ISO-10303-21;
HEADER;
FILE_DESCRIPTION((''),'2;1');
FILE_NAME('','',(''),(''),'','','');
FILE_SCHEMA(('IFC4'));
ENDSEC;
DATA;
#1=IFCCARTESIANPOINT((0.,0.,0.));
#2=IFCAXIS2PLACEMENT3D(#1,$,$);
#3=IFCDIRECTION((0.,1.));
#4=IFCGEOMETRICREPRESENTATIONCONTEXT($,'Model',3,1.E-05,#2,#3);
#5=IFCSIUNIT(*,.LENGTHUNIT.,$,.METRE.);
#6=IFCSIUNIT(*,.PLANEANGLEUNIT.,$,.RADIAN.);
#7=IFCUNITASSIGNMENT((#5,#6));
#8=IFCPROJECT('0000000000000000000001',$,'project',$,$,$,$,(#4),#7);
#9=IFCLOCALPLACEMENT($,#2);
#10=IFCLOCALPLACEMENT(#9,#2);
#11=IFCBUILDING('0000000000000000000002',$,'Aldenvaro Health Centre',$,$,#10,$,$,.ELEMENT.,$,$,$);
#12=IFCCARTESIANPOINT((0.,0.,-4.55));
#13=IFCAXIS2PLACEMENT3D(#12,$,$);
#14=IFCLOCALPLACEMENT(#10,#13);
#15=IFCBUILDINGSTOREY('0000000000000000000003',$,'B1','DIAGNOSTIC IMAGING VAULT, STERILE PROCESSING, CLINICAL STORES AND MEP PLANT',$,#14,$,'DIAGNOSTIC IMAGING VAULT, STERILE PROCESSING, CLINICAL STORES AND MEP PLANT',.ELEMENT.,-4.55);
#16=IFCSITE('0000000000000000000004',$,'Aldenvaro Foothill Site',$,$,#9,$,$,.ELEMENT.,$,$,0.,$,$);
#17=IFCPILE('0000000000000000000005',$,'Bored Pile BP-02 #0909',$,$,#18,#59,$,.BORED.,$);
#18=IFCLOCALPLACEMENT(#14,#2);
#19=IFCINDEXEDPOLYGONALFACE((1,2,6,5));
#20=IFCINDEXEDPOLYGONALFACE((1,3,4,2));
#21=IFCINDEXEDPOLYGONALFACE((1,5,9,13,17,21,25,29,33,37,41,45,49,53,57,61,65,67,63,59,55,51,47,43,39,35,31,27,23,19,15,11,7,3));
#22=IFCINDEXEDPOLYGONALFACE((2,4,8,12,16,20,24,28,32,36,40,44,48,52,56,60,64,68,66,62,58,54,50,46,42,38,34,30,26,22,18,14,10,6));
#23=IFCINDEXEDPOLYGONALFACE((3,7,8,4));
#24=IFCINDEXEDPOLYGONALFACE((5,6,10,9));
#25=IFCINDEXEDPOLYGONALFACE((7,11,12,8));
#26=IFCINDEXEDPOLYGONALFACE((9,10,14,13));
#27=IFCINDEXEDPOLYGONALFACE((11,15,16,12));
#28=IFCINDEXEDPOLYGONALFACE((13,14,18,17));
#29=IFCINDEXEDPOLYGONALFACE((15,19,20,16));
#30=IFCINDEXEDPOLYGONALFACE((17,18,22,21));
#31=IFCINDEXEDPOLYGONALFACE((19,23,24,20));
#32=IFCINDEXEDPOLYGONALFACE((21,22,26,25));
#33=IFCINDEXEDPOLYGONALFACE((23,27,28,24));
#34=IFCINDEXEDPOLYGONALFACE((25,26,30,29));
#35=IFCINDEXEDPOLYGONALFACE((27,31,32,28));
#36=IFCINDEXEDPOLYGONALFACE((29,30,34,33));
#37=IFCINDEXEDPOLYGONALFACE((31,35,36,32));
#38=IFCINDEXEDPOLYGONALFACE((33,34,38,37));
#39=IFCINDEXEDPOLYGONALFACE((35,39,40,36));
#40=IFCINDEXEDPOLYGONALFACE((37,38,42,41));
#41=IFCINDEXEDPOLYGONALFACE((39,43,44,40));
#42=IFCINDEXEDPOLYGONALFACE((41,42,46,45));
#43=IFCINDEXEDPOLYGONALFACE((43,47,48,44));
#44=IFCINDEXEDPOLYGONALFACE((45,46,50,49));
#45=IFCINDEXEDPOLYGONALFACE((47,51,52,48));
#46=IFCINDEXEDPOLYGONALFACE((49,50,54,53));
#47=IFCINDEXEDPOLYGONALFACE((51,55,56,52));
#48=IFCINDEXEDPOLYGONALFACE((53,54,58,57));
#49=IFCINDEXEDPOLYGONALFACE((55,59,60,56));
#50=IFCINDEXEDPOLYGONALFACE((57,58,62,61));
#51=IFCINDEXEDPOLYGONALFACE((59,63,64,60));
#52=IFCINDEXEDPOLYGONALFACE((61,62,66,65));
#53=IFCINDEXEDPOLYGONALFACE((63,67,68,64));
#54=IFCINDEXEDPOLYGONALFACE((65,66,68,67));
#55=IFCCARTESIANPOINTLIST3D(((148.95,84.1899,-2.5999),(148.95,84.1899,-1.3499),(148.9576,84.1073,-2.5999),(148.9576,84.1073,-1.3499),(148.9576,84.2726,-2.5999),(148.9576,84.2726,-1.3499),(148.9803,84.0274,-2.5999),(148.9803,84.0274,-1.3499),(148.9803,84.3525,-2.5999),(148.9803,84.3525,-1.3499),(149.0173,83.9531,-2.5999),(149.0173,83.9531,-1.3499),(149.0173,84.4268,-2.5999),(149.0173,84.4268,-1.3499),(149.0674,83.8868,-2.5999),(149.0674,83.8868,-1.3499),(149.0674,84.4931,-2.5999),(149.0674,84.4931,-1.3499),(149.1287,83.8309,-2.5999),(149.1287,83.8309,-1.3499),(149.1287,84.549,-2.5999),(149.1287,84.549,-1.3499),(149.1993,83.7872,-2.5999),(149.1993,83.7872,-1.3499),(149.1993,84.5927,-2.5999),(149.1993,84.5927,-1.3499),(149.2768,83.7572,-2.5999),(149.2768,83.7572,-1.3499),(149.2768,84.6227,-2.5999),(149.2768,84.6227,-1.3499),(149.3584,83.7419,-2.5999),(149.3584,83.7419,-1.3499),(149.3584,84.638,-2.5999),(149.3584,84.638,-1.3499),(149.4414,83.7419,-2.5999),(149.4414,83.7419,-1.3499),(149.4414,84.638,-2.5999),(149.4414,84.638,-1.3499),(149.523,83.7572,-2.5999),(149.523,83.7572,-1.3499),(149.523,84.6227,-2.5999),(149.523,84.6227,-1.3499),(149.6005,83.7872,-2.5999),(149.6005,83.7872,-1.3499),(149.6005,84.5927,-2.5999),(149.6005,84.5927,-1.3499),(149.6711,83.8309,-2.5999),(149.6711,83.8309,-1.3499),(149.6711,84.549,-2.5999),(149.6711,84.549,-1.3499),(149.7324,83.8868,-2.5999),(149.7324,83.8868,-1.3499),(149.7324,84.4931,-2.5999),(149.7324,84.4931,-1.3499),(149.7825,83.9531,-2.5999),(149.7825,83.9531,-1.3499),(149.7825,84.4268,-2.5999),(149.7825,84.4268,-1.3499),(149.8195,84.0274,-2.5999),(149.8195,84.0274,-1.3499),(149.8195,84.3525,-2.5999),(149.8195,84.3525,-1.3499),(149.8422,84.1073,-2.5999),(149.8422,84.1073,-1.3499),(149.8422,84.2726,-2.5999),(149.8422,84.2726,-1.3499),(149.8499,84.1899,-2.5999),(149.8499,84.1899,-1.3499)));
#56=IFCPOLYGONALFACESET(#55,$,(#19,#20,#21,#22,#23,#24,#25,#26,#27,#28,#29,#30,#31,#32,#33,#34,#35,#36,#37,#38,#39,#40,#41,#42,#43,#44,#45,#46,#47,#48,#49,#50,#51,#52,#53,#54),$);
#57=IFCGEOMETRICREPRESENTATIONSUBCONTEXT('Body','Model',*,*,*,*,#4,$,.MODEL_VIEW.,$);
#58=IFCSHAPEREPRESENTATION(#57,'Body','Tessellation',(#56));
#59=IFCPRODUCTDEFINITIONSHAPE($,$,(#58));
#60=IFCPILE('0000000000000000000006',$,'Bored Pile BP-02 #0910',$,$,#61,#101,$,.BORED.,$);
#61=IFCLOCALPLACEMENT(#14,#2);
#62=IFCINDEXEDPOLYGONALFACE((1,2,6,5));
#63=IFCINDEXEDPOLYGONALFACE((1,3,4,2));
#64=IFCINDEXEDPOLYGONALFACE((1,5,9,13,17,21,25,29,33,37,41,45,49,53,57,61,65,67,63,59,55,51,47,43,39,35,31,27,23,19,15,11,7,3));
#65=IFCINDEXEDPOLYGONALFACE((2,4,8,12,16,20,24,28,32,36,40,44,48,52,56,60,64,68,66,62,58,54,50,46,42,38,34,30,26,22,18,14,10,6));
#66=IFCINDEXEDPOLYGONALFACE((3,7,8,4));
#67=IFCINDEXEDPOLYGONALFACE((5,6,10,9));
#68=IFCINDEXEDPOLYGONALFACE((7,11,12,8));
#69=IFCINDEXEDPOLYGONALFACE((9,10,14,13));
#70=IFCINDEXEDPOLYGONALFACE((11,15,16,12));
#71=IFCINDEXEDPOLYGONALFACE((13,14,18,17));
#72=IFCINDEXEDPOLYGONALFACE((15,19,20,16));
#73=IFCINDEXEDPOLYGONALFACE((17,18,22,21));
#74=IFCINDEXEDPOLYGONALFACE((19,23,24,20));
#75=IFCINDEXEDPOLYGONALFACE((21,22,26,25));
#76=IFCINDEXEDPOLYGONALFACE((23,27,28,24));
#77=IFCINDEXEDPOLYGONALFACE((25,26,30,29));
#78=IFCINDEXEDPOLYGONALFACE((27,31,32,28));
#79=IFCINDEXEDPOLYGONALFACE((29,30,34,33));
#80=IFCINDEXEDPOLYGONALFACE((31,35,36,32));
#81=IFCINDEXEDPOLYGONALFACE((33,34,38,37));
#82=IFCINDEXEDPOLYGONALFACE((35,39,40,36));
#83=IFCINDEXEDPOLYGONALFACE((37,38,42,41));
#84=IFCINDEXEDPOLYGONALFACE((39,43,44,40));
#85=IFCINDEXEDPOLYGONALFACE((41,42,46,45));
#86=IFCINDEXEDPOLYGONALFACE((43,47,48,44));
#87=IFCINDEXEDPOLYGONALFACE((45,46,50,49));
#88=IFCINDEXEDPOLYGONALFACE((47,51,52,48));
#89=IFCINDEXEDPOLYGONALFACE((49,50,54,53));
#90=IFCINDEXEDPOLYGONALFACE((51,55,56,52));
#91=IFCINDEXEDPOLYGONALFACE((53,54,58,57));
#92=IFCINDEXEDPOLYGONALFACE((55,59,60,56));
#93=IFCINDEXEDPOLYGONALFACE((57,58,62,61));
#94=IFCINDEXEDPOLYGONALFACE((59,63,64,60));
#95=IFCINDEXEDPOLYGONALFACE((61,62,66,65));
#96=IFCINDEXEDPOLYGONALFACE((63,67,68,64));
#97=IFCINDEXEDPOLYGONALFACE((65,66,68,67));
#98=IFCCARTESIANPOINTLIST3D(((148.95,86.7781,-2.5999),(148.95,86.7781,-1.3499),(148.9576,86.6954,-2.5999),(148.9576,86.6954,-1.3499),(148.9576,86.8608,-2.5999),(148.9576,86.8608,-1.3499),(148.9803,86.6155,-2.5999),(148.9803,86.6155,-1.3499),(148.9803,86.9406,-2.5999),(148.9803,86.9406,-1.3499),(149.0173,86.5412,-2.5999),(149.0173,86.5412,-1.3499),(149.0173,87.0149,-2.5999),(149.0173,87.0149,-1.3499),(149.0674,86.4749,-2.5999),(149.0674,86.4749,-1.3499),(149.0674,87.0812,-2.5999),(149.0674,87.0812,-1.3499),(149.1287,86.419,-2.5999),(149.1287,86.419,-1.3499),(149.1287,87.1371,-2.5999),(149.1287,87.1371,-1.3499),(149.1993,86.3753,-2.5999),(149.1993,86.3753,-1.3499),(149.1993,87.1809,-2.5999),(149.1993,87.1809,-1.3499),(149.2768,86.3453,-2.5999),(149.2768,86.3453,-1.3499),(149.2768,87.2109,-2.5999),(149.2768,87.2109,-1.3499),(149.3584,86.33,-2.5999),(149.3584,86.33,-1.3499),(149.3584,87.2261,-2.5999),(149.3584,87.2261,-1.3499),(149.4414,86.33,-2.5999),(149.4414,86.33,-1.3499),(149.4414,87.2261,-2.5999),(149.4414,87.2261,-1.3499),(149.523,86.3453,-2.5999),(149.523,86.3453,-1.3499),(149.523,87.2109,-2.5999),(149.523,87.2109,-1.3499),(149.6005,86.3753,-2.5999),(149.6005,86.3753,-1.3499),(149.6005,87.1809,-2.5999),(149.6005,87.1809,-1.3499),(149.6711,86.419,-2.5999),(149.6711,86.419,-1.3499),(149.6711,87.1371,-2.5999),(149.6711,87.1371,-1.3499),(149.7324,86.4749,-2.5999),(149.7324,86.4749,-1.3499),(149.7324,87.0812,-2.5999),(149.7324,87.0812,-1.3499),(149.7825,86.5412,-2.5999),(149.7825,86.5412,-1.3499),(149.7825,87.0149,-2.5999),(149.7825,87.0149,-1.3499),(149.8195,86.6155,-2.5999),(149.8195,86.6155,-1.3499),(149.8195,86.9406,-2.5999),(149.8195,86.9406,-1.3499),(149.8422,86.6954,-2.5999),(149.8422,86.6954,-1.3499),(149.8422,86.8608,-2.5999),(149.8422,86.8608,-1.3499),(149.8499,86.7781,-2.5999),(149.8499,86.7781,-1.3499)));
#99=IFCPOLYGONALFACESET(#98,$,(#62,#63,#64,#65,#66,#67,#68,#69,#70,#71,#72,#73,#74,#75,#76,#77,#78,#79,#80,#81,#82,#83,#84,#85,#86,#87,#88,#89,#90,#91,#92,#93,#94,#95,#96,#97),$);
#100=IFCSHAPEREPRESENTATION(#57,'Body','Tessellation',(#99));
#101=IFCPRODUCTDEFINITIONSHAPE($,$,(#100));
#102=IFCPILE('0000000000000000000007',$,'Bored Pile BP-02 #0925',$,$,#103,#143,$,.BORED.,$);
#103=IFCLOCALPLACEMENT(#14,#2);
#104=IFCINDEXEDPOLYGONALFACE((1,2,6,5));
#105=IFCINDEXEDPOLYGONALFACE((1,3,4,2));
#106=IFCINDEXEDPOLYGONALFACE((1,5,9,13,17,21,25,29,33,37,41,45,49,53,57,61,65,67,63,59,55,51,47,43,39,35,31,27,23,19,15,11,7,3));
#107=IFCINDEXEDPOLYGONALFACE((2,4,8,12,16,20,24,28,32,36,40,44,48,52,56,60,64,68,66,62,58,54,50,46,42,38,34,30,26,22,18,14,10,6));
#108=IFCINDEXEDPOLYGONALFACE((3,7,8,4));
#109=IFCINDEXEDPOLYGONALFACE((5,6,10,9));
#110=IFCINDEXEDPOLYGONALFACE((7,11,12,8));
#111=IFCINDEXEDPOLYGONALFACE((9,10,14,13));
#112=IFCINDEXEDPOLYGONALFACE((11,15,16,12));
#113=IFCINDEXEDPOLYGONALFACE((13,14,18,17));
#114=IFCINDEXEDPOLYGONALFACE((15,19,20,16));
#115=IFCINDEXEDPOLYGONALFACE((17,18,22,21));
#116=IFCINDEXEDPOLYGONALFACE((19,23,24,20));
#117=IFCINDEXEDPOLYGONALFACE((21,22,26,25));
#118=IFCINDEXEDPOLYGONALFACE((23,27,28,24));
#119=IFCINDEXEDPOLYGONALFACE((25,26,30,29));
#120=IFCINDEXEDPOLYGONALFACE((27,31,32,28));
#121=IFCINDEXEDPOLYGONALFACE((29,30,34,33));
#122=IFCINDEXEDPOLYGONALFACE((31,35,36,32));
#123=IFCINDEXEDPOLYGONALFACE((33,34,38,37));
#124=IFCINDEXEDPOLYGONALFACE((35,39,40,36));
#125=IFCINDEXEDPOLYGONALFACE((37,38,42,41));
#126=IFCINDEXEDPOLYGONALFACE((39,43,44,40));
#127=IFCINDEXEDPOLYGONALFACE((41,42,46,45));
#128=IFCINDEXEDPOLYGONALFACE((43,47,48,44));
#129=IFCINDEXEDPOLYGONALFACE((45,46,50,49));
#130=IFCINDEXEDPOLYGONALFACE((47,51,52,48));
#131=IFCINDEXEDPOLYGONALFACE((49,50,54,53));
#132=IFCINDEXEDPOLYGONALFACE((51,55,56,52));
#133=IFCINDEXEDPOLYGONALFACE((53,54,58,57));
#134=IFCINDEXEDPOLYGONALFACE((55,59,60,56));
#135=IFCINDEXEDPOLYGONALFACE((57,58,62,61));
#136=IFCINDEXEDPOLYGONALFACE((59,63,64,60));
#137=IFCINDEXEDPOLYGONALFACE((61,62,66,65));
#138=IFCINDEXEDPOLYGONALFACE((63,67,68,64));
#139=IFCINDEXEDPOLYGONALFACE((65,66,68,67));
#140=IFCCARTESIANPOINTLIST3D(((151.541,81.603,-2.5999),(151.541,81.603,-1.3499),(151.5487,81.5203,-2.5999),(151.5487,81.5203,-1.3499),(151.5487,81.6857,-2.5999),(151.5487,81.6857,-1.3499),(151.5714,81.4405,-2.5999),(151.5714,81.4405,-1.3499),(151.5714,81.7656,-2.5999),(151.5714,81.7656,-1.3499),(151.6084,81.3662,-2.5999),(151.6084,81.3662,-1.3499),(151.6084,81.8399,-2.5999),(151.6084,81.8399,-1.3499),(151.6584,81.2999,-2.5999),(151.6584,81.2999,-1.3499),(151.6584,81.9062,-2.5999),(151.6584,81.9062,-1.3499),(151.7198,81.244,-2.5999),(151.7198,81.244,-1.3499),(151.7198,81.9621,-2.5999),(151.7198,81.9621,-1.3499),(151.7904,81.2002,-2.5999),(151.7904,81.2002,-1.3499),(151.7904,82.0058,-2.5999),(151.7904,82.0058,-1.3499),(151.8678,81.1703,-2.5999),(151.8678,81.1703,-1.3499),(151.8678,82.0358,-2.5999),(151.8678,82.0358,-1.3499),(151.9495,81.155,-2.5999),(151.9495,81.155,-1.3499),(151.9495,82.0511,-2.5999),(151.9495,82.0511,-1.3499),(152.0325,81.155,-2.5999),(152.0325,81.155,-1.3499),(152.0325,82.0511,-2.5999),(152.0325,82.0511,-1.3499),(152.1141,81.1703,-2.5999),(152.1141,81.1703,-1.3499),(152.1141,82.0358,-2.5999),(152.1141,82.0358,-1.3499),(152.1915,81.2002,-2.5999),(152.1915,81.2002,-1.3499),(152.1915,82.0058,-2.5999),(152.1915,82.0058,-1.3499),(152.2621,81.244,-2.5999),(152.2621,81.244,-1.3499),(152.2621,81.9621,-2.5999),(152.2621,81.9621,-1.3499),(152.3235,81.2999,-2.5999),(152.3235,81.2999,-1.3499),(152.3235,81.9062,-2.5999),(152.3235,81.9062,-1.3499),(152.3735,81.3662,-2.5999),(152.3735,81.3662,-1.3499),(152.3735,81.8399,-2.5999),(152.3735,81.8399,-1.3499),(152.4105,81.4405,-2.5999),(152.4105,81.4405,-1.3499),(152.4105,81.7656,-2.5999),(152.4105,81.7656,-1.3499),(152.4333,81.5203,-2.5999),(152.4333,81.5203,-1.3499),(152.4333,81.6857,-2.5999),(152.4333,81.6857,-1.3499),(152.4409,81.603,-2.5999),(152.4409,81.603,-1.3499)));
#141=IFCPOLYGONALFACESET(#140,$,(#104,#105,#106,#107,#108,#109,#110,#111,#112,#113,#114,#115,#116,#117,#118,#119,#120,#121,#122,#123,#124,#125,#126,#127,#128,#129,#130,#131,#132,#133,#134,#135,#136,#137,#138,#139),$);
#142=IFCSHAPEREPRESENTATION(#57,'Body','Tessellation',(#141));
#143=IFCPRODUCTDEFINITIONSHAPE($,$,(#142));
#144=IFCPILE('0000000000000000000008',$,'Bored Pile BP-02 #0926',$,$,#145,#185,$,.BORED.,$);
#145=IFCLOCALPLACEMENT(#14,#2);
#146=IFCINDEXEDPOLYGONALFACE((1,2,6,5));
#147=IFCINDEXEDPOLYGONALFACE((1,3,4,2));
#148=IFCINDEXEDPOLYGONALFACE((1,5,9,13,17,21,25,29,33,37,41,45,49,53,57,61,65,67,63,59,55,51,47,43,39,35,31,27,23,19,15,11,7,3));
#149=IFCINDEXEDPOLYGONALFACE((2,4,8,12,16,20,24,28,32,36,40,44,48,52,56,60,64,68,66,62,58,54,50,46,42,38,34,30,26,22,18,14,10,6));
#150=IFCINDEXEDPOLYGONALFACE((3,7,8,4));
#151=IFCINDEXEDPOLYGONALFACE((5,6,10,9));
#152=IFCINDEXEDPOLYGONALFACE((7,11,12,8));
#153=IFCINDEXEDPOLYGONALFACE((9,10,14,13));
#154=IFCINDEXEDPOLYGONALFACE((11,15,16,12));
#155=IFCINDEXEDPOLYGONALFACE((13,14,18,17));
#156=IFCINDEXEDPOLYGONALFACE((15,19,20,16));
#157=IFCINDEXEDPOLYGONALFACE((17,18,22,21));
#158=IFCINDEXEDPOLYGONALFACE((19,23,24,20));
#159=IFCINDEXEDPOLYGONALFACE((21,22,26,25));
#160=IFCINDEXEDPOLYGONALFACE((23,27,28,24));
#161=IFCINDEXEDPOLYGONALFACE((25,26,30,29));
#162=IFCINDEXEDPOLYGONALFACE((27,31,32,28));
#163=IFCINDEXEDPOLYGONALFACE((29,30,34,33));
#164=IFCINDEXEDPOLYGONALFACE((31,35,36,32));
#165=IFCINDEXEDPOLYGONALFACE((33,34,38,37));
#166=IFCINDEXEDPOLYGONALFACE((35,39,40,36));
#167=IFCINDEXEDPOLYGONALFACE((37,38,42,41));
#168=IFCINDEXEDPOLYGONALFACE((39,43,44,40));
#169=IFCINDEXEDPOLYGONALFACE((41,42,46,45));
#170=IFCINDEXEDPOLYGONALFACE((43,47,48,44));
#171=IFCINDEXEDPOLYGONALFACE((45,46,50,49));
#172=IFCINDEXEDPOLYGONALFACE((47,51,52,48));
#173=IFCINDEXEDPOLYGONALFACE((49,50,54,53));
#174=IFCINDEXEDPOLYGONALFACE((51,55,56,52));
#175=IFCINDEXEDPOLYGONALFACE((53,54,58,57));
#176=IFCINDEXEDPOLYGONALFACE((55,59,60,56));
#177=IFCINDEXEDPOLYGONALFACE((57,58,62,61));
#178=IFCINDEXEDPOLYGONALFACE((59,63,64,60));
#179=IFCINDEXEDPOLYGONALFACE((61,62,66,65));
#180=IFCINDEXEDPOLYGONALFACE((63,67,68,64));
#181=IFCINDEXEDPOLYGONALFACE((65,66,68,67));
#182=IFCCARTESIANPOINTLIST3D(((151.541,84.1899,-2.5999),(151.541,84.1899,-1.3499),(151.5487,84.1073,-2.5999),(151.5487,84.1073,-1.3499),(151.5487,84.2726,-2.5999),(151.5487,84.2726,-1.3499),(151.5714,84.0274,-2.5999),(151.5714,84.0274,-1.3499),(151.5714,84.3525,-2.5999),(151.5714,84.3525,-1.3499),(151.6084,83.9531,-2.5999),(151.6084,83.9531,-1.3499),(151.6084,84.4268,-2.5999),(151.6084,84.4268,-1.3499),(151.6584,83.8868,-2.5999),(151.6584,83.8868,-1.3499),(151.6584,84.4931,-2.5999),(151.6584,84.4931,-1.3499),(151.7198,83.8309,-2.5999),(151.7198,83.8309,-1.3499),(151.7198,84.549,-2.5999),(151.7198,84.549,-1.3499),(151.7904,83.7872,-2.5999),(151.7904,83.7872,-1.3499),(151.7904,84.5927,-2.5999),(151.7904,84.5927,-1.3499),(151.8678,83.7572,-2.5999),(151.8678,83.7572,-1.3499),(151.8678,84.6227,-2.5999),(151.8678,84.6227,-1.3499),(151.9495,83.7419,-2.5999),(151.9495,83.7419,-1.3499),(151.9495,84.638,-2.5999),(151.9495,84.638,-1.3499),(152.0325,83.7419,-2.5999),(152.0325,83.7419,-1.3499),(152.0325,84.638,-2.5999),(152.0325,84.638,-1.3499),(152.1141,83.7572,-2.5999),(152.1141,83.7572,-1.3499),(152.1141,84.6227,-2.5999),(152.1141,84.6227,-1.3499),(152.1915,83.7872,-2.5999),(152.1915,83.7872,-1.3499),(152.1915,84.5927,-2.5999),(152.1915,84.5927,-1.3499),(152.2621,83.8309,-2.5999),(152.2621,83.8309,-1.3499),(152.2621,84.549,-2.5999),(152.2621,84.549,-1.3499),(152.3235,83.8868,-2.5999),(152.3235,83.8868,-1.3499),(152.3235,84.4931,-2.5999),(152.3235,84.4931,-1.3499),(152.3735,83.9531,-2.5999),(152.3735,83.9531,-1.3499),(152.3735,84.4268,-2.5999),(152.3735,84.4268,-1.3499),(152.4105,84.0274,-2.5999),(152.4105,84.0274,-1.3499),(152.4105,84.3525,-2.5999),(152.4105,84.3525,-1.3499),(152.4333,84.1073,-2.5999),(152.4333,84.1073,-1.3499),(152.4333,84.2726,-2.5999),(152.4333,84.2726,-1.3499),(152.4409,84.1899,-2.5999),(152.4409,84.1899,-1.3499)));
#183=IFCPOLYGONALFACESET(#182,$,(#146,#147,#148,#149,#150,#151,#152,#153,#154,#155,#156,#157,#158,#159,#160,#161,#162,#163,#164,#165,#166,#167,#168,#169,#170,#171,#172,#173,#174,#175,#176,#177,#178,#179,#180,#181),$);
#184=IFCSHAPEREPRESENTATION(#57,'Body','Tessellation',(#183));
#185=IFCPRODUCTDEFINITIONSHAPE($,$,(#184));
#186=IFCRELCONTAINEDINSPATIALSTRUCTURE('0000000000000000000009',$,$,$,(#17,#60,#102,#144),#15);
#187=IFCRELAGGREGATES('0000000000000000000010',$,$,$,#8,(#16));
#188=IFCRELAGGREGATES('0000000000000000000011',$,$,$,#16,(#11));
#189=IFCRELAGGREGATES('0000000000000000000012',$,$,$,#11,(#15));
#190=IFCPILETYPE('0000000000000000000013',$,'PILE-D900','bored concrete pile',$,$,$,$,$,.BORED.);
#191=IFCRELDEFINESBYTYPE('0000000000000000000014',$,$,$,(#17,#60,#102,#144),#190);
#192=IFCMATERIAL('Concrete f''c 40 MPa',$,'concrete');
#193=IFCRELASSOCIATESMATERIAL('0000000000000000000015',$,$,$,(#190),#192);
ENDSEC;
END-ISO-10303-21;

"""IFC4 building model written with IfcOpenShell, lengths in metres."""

from ifc_helpers import new_model, si_unit, direction, frame, origin, origin_2d, place, context, subcontext, project, spatial, circle, extrude, material, material_profile, profile_set, type_object, element, save


model = new_model("IFC4")

# Units and contexts
model_context = context("Model", 3, precision=1e-05, world=origin(), true_north=direction((0.0, 1.0)))
body_context = subcontext(model_context, "Body", "Model", "MODEL_VIEW")
ifc_project = project(units=[si_unit("LENGTHUNIT", "METRE"), si_unit("PLANEANGLEUNIT", "RADIAN")], contexts=[model_context])

# Site, building, storey
site_placement = place(None, origin())
site = spatial("IfcSite", under=ifc_project, at=site_placement, Name="Aldenvaro Foothill Site", CompositionType="ELEMENT", RefElevation=0.0)
building_placement = place(site_placement, origin())
building = spatial("IfcBuilding", under=site, at=building_placement, Name="Aldenvaro Health Centre", CompositionType="ELEMENT")
storey_placement = place(building_placement, frame((0.0, 0.0, -4.55)))
storey = spatial("IfcBuildingStorey", under=building, at=storey_placement, Name="B1", Description="DIAGNOSTIC IMAGING VAULT, STERILE PROCESSING, CLINICAL STORES AND MEP PLANT", LongName="DIAGNOSTIC IMAGING VAULT, STERILE PROCESSING, CLINICAL STORES AND MEP PLANT", CompositionType="ELEMENT", Elevation=-4.55)

# Piles
ifc_material_1 = material(Name="Concrete f'c 40 MPa", Category="concrete")
ifc_material_profile_1 = material_profile(ifc_material_1, circle(Radius=0.45, at=origin_2d()), Name="PILE D900", Category="concrete")
ifc_profile_set_1 = profile_set([ifc_material_profile_1], Name="Concrete f'c 40 MPa")
pile_type = type_object("IfcPileType", Name="PILE-D900", Description="bored concrete pile", PredefinedType="BORED", material=ifc_profile_set_1)
for number, where, z_axis, x_axis, name in (
    (1, (149.3999, 84.1899, -1.3499), (0.0, 0.0, -1.0), (1.0, 0.0, 0.0), "Bored Pile BP-02 #0909"),
    (2, (149.3999, 86.7781, -1.3499), (0.0, 0.0, -1.0), (1.0, 0.0, 0.0), "Bored Pile BP-02 #0910"),
    (3, (151.991, 81.603, -1.3499), (0.0, 0.0, -1.0), (1.0, 0.0, 0.0), "Bored Pile BP-02 #0925"),
    (4, (151.991, 84.1899, -1.3499), (0.0, 0.0, -1.0), (1.0, 0.0, 0.0), "Bored Pile BP-02 #0926"),
):
    element("IfcPile", number, at=place(storey_placement, frame(where, z_axis=z_axis, x_axis=x_axis)), inside=storey, type_object=pile_type, Name=name, PredefinedType="BORED", context=body_context, shape_type="SweptSolid", body=[
        extrude(circle(Radius=0.45, at=origin_2d()), origin(), (0.0, 0.0, 1.0), 1.25),
    ])

save(model, "model.ifc")
